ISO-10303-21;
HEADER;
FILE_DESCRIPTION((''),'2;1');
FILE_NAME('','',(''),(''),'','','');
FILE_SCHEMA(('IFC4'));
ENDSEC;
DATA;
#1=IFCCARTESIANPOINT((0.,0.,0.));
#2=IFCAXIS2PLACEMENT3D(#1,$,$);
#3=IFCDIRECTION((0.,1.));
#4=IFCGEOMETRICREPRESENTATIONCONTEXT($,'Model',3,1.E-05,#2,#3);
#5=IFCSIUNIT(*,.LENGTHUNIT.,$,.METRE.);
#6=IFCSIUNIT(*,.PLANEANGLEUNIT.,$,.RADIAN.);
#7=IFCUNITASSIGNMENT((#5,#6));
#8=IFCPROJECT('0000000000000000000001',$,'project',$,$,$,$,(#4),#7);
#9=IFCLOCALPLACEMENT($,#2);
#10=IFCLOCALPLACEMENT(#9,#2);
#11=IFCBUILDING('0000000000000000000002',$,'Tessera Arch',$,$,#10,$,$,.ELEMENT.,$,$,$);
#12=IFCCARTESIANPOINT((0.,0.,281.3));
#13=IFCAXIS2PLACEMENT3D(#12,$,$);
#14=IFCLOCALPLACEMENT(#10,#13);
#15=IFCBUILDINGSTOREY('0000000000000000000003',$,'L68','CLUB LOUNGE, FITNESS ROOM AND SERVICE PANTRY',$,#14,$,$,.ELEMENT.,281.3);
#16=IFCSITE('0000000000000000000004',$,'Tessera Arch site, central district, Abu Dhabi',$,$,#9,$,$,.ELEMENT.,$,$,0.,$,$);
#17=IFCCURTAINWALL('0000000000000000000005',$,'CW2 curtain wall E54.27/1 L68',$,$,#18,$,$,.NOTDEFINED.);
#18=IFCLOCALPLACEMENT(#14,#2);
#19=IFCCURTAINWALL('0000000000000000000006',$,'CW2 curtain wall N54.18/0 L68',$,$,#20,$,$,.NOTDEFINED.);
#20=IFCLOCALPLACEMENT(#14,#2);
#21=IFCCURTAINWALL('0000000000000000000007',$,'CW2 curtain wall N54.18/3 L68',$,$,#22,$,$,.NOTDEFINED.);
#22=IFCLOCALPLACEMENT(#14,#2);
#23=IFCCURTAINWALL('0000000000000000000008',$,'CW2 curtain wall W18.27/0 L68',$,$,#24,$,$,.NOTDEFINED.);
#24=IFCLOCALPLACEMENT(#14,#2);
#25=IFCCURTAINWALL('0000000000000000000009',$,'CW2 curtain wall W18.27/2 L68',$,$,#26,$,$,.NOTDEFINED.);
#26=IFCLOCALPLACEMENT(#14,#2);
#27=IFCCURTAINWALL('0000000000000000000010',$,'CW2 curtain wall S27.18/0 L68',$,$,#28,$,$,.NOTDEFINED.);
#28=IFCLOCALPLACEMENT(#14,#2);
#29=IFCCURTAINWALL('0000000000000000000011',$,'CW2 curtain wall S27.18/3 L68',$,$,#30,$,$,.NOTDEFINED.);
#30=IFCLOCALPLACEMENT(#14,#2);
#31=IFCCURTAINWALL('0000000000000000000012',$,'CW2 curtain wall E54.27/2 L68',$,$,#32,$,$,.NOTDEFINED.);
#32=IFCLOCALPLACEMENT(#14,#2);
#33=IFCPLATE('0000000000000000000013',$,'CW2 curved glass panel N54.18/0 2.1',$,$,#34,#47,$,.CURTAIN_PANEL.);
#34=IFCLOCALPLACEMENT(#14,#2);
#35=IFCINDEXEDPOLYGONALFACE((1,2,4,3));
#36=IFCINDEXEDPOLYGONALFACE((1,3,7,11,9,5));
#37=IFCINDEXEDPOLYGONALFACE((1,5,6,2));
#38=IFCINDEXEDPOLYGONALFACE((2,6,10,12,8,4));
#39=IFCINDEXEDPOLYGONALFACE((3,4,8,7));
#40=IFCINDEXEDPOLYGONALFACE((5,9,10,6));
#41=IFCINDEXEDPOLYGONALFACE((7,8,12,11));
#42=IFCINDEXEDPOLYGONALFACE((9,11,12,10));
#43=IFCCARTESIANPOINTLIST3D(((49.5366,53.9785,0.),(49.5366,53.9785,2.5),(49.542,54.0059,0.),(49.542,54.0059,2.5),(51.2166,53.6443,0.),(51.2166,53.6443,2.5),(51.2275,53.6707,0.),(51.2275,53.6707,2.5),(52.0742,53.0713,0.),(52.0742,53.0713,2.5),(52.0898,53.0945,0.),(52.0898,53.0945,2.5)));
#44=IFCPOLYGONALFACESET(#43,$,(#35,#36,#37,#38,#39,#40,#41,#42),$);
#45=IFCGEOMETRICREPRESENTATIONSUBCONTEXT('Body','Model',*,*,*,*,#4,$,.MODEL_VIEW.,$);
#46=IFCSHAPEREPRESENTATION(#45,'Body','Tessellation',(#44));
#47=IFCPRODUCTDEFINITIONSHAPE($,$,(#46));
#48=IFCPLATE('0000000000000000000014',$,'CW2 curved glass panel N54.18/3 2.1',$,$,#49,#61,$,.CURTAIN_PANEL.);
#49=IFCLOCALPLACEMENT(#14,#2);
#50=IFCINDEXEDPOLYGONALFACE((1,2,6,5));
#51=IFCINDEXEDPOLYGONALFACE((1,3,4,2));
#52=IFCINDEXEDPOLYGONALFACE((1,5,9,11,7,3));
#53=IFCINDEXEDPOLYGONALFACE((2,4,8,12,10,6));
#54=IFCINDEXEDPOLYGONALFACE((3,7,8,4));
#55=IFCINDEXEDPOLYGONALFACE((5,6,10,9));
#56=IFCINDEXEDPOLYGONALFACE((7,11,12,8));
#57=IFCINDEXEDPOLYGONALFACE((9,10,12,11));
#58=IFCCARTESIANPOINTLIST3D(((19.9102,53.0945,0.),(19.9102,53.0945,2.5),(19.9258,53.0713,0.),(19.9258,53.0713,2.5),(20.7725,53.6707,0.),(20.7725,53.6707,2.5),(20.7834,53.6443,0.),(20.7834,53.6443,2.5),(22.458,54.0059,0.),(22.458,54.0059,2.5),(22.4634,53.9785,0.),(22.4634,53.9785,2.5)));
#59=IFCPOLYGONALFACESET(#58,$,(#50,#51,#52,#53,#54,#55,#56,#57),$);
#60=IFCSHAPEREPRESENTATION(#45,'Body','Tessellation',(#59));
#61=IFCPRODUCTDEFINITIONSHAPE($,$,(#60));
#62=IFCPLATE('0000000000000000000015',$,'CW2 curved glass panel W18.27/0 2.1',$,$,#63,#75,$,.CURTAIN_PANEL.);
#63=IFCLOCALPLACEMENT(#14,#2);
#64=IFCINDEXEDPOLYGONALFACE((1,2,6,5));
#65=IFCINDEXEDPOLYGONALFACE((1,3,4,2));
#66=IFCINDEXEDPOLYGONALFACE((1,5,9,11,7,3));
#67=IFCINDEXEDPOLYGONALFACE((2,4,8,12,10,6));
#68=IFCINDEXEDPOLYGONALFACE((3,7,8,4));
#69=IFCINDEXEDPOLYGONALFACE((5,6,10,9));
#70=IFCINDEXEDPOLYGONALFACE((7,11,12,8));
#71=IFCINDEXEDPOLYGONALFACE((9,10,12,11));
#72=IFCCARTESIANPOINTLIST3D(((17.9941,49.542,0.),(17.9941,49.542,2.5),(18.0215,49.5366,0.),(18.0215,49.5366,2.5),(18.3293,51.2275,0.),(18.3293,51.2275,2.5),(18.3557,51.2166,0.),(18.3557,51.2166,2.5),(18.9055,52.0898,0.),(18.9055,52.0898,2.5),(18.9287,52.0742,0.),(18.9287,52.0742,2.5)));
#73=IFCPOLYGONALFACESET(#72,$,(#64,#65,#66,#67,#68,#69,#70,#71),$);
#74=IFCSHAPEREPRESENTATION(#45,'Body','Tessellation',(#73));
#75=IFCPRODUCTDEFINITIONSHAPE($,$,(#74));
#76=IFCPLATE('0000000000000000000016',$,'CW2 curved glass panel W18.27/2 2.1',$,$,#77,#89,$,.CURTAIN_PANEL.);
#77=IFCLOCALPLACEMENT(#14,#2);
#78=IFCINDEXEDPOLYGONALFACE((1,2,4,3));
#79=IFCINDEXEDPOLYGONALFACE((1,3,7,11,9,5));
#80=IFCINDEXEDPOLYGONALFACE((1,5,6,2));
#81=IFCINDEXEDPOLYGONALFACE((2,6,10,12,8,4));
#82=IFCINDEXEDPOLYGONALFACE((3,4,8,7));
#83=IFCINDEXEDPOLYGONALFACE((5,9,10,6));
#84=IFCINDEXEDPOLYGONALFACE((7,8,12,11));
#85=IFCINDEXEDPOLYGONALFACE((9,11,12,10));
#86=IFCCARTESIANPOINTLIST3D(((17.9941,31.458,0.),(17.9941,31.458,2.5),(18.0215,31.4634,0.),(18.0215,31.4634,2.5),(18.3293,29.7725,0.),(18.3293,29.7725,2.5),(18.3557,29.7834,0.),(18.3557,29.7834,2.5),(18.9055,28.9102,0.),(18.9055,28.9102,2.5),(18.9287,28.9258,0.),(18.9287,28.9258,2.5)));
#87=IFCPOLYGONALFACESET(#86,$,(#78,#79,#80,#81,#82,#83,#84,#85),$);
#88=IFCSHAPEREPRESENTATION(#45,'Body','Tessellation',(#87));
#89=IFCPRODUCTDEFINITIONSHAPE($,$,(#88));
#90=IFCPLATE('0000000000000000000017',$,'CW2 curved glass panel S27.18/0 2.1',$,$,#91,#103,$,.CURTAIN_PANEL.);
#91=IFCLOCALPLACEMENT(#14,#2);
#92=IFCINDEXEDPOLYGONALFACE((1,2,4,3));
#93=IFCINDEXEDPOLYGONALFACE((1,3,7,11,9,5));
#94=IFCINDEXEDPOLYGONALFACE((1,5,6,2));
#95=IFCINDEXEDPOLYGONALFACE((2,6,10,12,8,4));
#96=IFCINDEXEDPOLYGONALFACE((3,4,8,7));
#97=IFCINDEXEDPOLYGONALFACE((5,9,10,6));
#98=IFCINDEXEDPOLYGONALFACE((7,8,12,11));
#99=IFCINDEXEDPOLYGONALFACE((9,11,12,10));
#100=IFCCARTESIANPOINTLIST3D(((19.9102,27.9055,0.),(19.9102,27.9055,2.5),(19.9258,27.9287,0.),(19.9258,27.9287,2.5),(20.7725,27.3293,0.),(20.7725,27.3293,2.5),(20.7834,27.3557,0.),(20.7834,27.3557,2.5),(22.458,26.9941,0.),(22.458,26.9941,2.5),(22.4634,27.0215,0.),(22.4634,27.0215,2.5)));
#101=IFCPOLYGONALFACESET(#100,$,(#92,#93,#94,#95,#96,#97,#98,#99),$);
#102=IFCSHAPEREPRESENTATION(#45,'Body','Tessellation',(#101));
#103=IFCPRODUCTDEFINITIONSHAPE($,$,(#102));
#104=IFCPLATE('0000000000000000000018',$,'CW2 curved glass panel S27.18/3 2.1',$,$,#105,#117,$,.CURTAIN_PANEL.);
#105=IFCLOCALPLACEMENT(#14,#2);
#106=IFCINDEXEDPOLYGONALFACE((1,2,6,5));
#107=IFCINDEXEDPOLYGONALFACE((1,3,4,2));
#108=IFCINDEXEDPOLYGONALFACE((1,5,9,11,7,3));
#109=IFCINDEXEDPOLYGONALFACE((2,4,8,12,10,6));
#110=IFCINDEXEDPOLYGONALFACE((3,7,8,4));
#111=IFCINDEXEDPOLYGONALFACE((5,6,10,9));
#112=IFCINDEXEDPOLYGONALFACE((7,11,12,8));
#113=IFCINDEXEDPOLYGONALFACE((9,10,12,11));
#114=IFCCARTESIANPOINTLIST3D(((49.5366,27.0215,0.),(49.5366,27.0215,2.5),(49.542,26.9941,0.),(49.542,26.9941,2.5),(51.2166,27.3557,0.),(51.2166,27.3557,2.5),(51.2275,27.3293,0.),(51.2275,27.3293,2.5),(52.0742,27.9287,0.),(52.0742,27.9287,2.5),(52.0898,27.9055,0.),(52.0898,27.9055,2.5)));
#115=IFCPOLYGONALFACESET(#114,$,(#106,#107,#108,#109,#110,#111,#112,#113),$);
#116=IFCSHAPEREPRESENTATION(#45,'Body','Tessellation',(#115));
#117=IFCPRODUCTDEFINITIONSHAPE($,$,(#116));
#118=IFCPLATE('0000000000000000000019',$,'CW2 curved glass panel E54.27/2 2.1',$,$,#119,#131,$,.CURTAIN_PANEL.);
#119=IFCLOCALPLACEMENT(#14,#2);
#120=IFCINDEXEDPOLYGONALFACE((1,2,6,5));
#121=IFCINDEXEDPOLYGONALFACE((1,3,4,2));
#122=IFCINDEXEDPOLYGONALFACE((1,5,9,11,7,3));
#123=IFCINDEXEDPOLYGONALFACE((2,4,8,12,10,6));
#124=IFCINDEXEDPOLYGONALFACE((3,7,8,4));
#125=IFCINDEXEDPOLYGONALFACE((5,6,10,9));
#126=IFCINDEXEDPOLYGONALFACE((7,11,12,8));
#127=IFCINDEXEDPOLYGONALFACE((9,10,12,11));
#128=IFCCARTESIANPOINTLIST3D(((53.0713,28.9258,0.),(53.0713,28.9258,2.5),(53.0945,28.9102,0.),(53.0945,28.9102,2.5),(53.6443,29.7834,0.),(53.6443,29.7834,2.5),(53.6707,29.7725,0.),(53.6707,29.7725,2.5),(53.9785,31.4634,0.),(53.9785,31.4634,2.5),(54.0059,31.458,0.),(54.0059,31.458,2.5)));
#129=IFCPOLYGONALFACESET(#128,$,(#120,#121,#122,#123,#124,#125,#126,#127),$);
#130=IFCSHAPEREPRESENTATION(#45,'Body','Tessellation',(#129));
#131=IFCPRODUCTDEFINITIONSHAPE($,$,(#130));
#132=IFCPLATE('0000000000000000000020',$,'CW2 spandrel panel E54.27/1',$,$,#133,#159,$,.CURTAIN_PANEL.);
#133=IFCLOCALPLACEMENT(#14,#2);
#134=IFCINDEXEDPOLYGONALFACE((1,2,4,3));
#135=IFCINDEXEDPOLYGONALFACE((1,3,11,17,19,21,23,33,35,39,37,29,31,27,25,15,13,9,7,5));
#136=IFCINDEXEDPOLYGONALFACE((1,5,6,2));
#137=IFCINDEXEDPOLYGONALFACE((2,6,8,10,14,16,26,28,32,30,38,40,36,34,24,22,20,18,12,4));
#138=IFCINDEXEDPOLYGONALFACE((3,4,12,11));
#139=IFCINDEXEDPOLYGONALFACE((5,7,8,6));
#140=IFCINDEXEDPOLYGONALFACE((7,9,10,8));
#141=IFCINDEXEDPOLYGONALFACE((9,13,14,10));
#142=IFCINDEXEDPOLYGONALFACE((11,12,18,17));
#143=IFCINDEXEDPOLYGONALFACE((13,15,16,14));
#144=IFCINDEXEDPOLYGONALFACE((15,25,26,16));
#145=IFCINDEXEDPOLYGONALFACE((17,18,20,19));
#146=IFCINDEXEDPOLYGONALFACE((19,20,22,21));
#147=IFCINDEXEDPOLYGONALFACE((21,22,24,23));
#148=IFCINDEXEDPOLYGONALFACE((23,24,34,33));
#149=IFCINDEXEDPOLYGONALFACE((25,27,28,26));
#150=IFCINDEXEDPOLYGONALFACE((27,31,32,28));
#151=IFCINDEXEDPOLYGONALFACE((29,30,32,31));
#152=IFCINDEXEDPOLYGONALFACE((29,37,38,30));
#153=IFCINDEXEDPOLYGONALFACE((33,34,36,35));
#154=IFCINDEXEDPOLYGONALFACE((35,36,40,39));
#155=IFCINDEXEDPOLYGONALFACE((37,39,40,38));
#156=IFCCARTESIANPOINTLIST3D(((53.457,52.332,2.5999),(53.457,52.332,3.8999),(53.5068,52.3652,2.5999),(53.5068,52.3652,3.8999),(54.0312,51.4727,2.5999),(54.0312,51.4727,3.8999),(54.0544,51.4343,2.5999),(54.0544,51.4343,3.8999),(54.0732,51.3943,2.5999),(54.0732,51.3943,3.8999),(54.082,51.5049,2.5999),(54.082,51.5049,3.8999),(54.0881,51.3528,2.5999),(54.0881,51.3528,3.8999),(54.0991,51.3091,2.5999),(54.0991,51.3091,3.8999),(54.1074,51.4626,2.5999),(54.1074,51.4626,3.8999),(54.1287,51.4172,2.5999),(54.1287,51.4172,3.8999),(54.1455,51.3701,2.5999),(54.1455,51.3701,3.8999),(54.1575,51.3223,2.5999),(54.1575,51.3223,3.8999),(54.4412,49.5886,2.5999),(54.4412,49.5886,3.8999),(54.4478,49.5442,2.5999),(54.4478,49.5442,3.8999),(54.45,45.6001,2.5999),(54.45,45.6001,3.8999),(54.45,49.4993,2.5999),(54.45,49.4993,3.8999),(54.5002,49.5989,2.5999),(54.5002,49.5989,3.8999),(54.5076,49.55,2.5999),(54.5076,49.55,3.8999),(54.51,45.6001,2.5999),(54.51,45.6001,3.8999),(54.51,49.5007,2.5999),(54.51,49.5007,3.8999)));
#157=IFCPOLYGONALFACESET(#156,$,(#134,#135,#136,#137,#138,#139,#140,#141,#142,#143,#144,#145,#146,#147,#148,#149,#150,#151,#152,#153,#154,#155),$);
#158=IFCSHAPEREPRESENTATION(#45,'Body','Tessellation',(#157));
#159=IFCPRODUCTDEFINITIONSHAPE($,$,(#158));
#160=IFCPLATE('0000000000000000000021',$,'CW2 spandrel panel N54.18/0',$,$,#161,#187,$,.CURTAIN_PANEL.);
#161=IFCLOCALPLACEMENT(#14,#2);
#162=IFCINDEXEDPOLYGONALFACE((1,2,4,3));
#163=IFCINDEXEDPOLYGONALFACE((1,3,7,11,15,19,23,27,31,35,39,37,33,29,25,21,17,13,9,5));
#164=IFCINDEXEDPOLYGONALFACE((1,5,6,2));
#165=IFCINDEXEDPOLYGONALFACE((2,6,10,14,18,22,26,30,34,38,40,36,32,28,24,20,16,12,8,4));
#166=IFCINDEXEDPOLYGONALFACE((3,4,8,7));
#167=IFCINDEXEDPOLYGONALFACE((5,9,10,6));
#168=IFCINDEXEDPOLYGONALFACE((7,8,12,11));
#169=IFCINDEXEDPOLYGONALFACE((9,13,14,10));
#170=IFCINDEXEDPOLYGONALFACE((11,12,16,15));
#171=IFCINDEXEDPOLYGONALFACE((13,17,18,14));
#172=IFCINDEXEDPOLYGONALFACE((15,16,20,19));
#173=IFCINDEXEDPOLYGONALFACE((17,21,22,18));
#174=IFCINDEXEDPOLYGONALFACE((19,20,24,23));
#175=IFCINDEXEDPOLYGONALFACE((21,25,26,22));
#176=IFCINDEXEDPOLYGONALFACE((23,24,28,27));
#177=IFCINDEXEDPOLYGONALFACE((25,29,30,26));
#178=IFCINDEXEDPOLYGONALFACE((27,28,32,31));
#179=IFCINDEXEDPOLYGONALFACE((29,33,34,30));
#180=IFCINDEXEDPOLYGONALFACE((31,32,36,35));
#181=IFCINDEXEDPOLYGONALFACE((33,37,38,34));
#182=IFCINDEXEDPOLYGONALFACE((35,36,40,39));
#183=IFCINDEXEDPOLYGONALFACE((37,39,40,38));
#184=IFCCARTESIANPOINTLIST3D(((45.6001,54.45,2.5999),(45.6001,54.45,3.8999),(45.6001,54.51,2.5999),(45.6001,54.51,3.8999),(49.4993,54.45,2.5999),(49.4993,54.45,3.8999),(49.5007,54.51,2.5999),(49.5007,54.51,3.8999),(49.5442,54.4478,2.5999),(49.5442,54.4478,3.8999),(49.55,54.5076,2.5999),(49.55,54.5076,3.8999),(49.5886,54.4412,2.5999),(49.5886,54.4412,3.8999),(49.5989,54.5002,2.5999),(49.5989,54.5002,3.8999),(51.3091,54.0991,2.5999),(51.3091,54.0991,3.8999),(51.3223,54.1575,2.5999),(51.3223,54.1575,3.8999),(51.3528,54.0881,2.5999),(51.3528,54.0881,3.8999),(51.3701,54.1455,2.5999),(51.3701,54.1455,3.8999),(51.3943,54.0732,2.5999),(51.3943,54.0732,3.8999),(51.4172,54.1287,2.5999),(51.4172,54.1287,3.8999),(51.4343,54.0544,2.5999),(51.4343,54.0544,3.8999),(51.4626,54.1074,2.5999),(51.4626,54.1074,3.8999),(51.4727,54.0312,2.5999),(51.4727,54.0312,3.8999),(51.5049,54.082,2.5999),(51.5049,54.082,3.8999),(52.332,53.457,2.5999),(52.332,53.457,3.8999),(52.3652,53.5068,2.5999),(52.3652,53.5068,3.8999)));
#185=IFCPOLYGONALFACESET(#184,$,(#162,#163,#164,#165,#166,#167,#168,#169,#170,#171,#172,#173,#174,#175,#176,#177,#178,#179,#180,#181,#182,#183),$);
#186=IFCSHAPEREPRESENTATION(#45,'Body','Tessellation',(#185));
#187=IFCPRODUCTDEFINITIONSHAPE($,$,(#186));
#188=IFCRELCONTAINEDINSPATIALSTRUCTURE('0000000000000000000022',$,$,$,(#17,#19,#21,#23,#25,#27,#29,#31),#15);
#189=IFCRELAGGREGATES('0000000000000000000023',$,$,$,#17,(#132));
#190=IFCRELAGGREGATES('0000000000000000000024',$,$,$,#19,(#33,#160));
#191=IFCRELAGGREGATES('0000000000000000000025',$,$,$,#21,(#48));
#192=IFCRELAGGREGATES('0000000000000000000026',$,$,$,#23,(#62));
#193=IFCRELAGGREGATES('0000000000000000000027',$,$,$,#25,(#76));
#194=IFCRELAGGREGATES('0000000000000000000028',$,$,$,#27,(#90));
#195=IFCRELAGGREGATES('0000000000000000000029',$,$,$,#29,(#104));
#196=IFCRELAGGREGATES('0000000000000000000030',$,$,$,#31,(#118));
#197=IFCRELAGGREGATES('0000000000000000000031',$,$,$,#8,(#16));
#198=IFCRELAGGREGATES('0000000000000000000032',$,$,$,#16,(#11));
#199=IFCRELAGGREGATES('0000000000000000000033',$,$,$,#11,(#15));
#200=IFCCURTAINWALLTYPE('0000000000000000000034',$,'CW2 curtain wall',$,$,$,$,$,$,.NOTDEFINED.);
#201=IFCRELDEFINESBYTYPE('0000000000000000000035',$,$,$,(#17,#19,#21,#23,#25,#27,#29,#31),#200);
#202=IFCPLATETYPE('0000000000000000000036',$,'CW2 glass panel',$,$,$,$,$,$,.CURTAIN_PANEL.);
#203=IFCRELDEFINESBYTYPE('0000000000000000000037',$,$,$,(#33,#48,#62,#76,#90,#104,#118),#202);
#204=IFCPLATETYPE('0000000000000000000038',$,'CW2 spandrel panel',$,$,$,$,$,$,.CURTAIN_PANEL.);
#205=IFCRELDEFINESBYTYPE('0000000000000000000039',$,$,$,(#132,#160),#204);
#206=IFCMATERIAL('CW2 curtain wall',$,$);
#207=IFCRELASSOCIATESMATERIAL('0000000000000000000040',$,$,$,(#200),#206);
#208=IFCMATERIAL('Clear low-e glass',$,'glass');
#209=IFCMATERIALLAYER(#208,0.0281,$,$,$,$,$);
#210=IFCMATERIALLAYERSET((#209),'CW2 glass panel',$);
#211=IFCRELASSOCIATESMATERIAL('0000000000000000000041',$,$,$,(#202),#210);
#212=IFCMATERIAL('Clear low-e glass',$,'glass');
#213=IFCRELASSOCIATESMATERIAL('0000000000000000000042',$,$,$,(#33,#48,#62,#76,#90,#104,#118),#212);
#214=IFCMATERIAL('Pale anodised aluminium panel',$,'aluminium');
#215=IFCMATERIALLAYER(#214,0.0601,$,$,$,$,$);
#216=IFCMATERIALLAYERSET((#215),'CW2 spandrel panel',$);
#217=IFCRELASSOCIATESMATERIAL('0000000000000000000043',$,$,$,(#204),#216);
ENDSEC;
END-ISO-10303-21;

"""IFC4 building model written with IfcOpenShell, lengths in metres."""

from ifc_helpers import new_model, si_unit, direction, frame, origin, place, context, subcontext, project, spatial, polyline, outline, extrude, material, layer, layer_set, type_object, element, aggregate, save


model = new_model("IFC4")

# Units and contexts
model_context = context("Model", 3, precision=1e-05, world=origin(), true_north=direction((0.0, 1.0)))
body_context = subcontext(model_context, "Body", "Model", "MODEL_VIEW")
ifc_project = project(units=[si_unit("LENGTHUNIT", "METRE"), si_unit("PLANEANGLEUNIT", "RADIAN")], contexts=[model_context])

# Site, building, storey
site_placement = place(None, origin())
site = spatial("IfcSite", under=ifc_project, at=site_placement, Name="Tessera Arch site, central district, Abu Dhabi", CompositionType="ELEMENT", RefElevation=0.0)
building_placement = place(site_placement, origin())
building = spatial("IfcBuilding", under=site, at=building_placement, Name="Tessera Arch", CompositionType="ELEMENT")
storey_placement = place(building_placement, frame((0.0, 0.0, 281.3)))
storey = spatial("IfcBuildingStorey", under=building, at=storey_placement, Name="L68", Description="CLUB LOUNGE, FITNESS ROOM AND SERVICE PANTRY", CompositionType="ELEMENT", Elevation=281.3)

# Curtain walls
ifc_material_1 = material(Name="CW2 curtain wall")
curtain_wall_type = type_object("IfcCurtainWallType", Name="CW2 curtain wall", PredefinedType="NOTDEFINED", material=ifc_material_1)
curtain_wall_1_placement = place(storey_placement, origin())
curtain_wall_1 = element("IfcCurtainWall", 1, at=curtain_wall_1_placement, inside=storey, type_object=curtain_wall_type, Name="CW2 curtain wall E54.27/1 L68", PredefinedType="NOTDEFINED")
curtain_wall_2_placement = place(storey_placement, origin())
curtain_wall_2 = element("IfcCurtainWall", 2, at=curtain_wall_2_placement, inside=storey, type_object=curtain_wall_type, Name="CW2 curtain wall N54.18/0 L68", PredefinedType="NOTDEFINED")
curtain_wall_3_placement = place(storey_placement, origin())
curtain_wall_3 = element("IfcCurtainWall", 3, at=curtain_wall_3_placement, inside=storey, type_object=curtain_wall_type, Name="CW2 curtain wall N54.18/3 L68", PredefinedType="NOTDEFINED")
curtain_wall_4_placement = place(storey_placement, origin())
curtain_wall_4 = element("IfcCurtainWall", 4, at=curtain_wall_4_placement, inside=storey, type_object=curtain_wall_type, Name="CW2 curtain wall W18.27/0 L68", PredefinedType="NOTDEFINED")
curtain_wall_5_placement = place(storey_placement, origin())
curtain_wall_5 = element("IfcCurtainWall", 5, at=curtain_wall_5_placement, inside=storey, type_object=curtain_wall_type, Name="CW2 curtain wall W18.27/2 L68", PredefinedType="NOTDEFINED")
curtain_wall_6_placement = place(storey_placement, origin())
curtain_wall_6 = element("IfcCurtainWall", 6, at=curtain_wall_6_placement, inside=storey, type_object=curtain_wall_type, Name="CW2 curtain wall S27.18/0 L68", PredefinedType="NOTDEFINED")
curtain_wall_7_placement = place(storey_placement, origin())
curtain_wall_7 = element("IfcCurtainWall", 7, at=curtain_wall_7_placement, inside=storey, type_object=curtain_wall_type, Name="CW2 curtain wall S27.18/3 L68", PredefinedType="NOTDEFINED")
curtain_wall_8_placement = place(storey_placement, origin())
curtain_wall_8 = element("IfcCurtainWall", 8, at=curtain_wall_8_placement, inside=storey, type_object=curtain_wall_type, Name="CW2 curtain wall E54.27/2 L68", PredefinedType="NOTDEFINED")

# Plates
ifc_material_2 = material(Name="Clear low-e glass", Category="glass")
ifc_material_3 = material(Name="Clear low-e glass", Category="glass")
ifc_layer_1 = layer(ifc_material_3, 0.0281)
ifc_layer_set_1 = layer_set([ifc_layer_1], Name="CW2 glass panel")
plate_type_1 = type_object("IfcPlateType", Name="CW2 glass panel", PredefinedType="CURTAIN_PANEL", material=ifc_layer_set_1)
plate_1_placement = place(storey_placement, origin())
plate_1 = element("IfcPlate", 9, at=plate_1_placement, type_object=plate_type_1, material=ifc_material_2, Name="CW2 curved glass panel N54.18/0 2.1", PredefinedType="CURTAIN_PANEL", context=body_context, shape_type="SweptSolid", body=[
    extrude(outline(polyline([(51.2166, 53.6443), (52.0742, 53.0713), (52.0898, 53.0945), (51.2275, 53.6707), (49.542, 54.0059), (49.5366, 53.9785), (51.2166, 53.6443)])), origin(), (0.0, 0.0, 1.0), 2.5),
])
plate_2_placement = place(storey_placement, origin())
plate_2 = element("IfcPlate", 10, at=plate_2_placement, type_object=plate_type_1, material=ifc_material_2, Name="CW2 curved glass panel N54.18/3 2.1", PredefinedType="CURTAIN_PANEL", context=body_context, shape_type="SweptSolid", body=[
    extrude(outline(polyline([(20.7834, 53.6443), (22.4634, 53.9785), (22.458, 54.0059), (20.7725, 53.6707), (19.9102, 53.0945), (19.9258, 53.0713), (20.7834, 53.6443)])), origin(), (0.0, 0.0, 1.0), 2.5),
])
plate_3_placement = place(storey_placement, origin())
plate_3 = element("IfcPlate", 11, at=plate_3_placement, type_object=plate_type_1, material=ifc_material_2, Name="CW2 curved glass panel W18.27/0 2.1", PredefinedType="CURTAIN_PANEL", context=body_context, shape_type="SweptSolid", body=[
    extrude(outline(polyline([(18.3557, 51.2166), (18.9287, 52.0742), (18.9055, 52.0898), (18.3293, 51.2275), (17.9941, 49.542), (18.0215, 49.5366), (18.3557, 51.2166)])), origin(), (0.0, 0.0, 1.0), 2.5),
])
plate_4_placement = place(storey_placement, origin())
plate_4 = element("IfcPlate", 12, at=plate_4_placement, type_object=plate_type_1, material=ifc_material_2, Name="CW2 curved glass panel W18.27/2 2.1", PredefinedType="CURTAIN_PANEL", context=body_context, shape_type="SweptSolid", body=[
    extrude(outline(polyline([(18.3557, 29.7834), (18.0215, 31.4634), (17.9941, 31.458), (18.3293, 29.7725), (18.9055, 28.9102), (18.9287, 28.9258), (18.3557, 29.7834)])), origin(), (0.0, 0.0, 1.0), 2.5),
])
plate_5_placement = place(storey_placement, origin())
plate_5 = element("IfcPlate", 13, at=plate_5_placement, type_object=plate_type_1, material=ifc_material_2, Name="CW2 curved glass panel S27.18/0 2.1", PredefinedType="CURTAIN_PANEL", context=body_context, shape_type="SweptSolid", body=[
    extrude(outline(polyline([(20.7834, 27.3557), (19.9258, 27.9287), (19.9102, 27.9055), (20.7725, 27.3293), (22.458, 26.9941), (22.4634, 27.0215), (20.7834, 27.3557)])), origin(), (0.0, 0.0, 1.0), 2.5),
])
plate_6_placement = place(storey_placement, origin())
plate_6 = element("IfcPlate", 14, at=plate_6_placement, type_object=plate_type_1, material=ifc_material_2, Name="CW2 curved glass panel S27.18/3 2.1", PredefinedType="CURTAIN_PANEL", context=body_context, shape_type="SweptSolid", body=[
    extrude(outline(polyline([(51.2166, 27.3557), (49.5366, 27.0215), (49.542, 26.9941), (51.2275, 27.3293), (52.0898, 27.9055), (52.0742, 27.9287), (51.2166, 27.3557)])), origin(), (0.0, 0.0, 1.0), 2.5),
])
plate_7_placement = place(storey_placement, origin())
plate_7 = element("IfcPlate", 15, at=plate_7_placement, type_object=plate_type_1, material=ifc_material_2, Name="CW2 curved glass panel E54.27/2 2.1", PredefinedType="CURTAIN_PANEL", context=body_context, shape_type="SweptSolid", body=[
    extrude(outline(polyline([(53.6443, 29.7834), (53.0713, 28.9258), (53.0945, 28.9102), (53.6707, 29.7725), (54.0059, 31.458), (53.9785, 31.4634), (53.6443, 29.7834)])), origin(), (0.0, 0.0, 1.0), 2.5),
])
ifc_material_4 = material(Name="Pale anodised aluminium panel", Category="aluminium")
ifc_layer_2 = layer(ifc_material_4, 0.0601)
ifc_layer_set_2 = layer_set([ifc_layer_2], Name="CW2 spandrel panel")
plate_type_2 = type_object("IfcPlateType", Name="CW2 spandrel panel", PredefinedType="CURTAIN_PANEL", material=ifc_layer_set_2)
plate_8_placement = place(storey_placement, frame((0.0, 0.0, 2.5999)))
plate_8 = element("IfcPlate", 16, at=plate_8_placement, type_object=plate_type_2, Name="CW2 spandrel panel E54.27/1", PredefinedType="CURTAIN_PANEL", context=body_context, shape_type="SweptSolid", body=[
    extrude(outline(polyline([(54.45, 49.4993), (54.45, 45.6001), (54.51, 45.6001), (54.51, 49.5007), (54.5076, 49.55), (54.5002, 49.5989), (54.1575, 51.3223), (54.1455, 51.3701), (54.1287, 51.4172), (54.1074, 51.4626), (54.082, 51.5049), (53.5068, 52.3652), (53.457, 52.332), (54.0312, 51.4727), (54.0544, 51.4343), (54.0732, 51.3943), (54.0881, 51.3528), (54.0991, 51.3091), (54.4412, 49.5886), (54.4478, 49.5442), (54.45, 49.4993)])), origin(), (0.0, 0.0, 1.0), 1.3),
])
aggregate(curtain_wall_1, [plate_8])
plate_9_placement = place(storey_placement, frame((0.0, 0.0, 2.5999)))
plate_9 = element("IfcPlate", 17, at=plate_9_placement, type_object=plate_type_2, Name="CW2 spandrel panel N54.18/0", PredefinedType="CURTAIN_PANEL", context=body_context, shape_type="SweptSolid", body=[
    extrude(outline(polyline([(51.4727, 54.0312), (52.332, 53.457), (52.3652, 53.5068), (51.5049, 54.082), (51.4626, 54.1074), (51.4172, 54.1287), (51.3701, 54.1455), (51.3223, 54.1575), (49.5989, 54.5002), (49.55, 54.5076), (49.5007, 54.51), (45.6001, 54.51), (45.6001, 54.45), (49.4993, 54.45), (49.5442, 54.4478), (49.5886, 54.4412), (51.3091, 54.0991), (51.3528, 54.0881), (51.3943, 54.0732), (51.4343, 54.0544), (51.4727, 54.0312)])), origin(), (0.0, 0.0, 1.0), 1.3),
])
aggregate(curtain_wall_2, [plate_1, plate_9])
aggregate(curtain_wall_3, [plate_2])
aggregate(curtain_wall_4, [plate_3])
aggregate(curtain_wall_5, [plate_4])
aggregate(curtain_wall_6, [plate_5])
aggregate(curtain_wall_7, [plate_6])
aggregate(curtain_wall_8, [plate_7])

save(model, "model.ifc")
